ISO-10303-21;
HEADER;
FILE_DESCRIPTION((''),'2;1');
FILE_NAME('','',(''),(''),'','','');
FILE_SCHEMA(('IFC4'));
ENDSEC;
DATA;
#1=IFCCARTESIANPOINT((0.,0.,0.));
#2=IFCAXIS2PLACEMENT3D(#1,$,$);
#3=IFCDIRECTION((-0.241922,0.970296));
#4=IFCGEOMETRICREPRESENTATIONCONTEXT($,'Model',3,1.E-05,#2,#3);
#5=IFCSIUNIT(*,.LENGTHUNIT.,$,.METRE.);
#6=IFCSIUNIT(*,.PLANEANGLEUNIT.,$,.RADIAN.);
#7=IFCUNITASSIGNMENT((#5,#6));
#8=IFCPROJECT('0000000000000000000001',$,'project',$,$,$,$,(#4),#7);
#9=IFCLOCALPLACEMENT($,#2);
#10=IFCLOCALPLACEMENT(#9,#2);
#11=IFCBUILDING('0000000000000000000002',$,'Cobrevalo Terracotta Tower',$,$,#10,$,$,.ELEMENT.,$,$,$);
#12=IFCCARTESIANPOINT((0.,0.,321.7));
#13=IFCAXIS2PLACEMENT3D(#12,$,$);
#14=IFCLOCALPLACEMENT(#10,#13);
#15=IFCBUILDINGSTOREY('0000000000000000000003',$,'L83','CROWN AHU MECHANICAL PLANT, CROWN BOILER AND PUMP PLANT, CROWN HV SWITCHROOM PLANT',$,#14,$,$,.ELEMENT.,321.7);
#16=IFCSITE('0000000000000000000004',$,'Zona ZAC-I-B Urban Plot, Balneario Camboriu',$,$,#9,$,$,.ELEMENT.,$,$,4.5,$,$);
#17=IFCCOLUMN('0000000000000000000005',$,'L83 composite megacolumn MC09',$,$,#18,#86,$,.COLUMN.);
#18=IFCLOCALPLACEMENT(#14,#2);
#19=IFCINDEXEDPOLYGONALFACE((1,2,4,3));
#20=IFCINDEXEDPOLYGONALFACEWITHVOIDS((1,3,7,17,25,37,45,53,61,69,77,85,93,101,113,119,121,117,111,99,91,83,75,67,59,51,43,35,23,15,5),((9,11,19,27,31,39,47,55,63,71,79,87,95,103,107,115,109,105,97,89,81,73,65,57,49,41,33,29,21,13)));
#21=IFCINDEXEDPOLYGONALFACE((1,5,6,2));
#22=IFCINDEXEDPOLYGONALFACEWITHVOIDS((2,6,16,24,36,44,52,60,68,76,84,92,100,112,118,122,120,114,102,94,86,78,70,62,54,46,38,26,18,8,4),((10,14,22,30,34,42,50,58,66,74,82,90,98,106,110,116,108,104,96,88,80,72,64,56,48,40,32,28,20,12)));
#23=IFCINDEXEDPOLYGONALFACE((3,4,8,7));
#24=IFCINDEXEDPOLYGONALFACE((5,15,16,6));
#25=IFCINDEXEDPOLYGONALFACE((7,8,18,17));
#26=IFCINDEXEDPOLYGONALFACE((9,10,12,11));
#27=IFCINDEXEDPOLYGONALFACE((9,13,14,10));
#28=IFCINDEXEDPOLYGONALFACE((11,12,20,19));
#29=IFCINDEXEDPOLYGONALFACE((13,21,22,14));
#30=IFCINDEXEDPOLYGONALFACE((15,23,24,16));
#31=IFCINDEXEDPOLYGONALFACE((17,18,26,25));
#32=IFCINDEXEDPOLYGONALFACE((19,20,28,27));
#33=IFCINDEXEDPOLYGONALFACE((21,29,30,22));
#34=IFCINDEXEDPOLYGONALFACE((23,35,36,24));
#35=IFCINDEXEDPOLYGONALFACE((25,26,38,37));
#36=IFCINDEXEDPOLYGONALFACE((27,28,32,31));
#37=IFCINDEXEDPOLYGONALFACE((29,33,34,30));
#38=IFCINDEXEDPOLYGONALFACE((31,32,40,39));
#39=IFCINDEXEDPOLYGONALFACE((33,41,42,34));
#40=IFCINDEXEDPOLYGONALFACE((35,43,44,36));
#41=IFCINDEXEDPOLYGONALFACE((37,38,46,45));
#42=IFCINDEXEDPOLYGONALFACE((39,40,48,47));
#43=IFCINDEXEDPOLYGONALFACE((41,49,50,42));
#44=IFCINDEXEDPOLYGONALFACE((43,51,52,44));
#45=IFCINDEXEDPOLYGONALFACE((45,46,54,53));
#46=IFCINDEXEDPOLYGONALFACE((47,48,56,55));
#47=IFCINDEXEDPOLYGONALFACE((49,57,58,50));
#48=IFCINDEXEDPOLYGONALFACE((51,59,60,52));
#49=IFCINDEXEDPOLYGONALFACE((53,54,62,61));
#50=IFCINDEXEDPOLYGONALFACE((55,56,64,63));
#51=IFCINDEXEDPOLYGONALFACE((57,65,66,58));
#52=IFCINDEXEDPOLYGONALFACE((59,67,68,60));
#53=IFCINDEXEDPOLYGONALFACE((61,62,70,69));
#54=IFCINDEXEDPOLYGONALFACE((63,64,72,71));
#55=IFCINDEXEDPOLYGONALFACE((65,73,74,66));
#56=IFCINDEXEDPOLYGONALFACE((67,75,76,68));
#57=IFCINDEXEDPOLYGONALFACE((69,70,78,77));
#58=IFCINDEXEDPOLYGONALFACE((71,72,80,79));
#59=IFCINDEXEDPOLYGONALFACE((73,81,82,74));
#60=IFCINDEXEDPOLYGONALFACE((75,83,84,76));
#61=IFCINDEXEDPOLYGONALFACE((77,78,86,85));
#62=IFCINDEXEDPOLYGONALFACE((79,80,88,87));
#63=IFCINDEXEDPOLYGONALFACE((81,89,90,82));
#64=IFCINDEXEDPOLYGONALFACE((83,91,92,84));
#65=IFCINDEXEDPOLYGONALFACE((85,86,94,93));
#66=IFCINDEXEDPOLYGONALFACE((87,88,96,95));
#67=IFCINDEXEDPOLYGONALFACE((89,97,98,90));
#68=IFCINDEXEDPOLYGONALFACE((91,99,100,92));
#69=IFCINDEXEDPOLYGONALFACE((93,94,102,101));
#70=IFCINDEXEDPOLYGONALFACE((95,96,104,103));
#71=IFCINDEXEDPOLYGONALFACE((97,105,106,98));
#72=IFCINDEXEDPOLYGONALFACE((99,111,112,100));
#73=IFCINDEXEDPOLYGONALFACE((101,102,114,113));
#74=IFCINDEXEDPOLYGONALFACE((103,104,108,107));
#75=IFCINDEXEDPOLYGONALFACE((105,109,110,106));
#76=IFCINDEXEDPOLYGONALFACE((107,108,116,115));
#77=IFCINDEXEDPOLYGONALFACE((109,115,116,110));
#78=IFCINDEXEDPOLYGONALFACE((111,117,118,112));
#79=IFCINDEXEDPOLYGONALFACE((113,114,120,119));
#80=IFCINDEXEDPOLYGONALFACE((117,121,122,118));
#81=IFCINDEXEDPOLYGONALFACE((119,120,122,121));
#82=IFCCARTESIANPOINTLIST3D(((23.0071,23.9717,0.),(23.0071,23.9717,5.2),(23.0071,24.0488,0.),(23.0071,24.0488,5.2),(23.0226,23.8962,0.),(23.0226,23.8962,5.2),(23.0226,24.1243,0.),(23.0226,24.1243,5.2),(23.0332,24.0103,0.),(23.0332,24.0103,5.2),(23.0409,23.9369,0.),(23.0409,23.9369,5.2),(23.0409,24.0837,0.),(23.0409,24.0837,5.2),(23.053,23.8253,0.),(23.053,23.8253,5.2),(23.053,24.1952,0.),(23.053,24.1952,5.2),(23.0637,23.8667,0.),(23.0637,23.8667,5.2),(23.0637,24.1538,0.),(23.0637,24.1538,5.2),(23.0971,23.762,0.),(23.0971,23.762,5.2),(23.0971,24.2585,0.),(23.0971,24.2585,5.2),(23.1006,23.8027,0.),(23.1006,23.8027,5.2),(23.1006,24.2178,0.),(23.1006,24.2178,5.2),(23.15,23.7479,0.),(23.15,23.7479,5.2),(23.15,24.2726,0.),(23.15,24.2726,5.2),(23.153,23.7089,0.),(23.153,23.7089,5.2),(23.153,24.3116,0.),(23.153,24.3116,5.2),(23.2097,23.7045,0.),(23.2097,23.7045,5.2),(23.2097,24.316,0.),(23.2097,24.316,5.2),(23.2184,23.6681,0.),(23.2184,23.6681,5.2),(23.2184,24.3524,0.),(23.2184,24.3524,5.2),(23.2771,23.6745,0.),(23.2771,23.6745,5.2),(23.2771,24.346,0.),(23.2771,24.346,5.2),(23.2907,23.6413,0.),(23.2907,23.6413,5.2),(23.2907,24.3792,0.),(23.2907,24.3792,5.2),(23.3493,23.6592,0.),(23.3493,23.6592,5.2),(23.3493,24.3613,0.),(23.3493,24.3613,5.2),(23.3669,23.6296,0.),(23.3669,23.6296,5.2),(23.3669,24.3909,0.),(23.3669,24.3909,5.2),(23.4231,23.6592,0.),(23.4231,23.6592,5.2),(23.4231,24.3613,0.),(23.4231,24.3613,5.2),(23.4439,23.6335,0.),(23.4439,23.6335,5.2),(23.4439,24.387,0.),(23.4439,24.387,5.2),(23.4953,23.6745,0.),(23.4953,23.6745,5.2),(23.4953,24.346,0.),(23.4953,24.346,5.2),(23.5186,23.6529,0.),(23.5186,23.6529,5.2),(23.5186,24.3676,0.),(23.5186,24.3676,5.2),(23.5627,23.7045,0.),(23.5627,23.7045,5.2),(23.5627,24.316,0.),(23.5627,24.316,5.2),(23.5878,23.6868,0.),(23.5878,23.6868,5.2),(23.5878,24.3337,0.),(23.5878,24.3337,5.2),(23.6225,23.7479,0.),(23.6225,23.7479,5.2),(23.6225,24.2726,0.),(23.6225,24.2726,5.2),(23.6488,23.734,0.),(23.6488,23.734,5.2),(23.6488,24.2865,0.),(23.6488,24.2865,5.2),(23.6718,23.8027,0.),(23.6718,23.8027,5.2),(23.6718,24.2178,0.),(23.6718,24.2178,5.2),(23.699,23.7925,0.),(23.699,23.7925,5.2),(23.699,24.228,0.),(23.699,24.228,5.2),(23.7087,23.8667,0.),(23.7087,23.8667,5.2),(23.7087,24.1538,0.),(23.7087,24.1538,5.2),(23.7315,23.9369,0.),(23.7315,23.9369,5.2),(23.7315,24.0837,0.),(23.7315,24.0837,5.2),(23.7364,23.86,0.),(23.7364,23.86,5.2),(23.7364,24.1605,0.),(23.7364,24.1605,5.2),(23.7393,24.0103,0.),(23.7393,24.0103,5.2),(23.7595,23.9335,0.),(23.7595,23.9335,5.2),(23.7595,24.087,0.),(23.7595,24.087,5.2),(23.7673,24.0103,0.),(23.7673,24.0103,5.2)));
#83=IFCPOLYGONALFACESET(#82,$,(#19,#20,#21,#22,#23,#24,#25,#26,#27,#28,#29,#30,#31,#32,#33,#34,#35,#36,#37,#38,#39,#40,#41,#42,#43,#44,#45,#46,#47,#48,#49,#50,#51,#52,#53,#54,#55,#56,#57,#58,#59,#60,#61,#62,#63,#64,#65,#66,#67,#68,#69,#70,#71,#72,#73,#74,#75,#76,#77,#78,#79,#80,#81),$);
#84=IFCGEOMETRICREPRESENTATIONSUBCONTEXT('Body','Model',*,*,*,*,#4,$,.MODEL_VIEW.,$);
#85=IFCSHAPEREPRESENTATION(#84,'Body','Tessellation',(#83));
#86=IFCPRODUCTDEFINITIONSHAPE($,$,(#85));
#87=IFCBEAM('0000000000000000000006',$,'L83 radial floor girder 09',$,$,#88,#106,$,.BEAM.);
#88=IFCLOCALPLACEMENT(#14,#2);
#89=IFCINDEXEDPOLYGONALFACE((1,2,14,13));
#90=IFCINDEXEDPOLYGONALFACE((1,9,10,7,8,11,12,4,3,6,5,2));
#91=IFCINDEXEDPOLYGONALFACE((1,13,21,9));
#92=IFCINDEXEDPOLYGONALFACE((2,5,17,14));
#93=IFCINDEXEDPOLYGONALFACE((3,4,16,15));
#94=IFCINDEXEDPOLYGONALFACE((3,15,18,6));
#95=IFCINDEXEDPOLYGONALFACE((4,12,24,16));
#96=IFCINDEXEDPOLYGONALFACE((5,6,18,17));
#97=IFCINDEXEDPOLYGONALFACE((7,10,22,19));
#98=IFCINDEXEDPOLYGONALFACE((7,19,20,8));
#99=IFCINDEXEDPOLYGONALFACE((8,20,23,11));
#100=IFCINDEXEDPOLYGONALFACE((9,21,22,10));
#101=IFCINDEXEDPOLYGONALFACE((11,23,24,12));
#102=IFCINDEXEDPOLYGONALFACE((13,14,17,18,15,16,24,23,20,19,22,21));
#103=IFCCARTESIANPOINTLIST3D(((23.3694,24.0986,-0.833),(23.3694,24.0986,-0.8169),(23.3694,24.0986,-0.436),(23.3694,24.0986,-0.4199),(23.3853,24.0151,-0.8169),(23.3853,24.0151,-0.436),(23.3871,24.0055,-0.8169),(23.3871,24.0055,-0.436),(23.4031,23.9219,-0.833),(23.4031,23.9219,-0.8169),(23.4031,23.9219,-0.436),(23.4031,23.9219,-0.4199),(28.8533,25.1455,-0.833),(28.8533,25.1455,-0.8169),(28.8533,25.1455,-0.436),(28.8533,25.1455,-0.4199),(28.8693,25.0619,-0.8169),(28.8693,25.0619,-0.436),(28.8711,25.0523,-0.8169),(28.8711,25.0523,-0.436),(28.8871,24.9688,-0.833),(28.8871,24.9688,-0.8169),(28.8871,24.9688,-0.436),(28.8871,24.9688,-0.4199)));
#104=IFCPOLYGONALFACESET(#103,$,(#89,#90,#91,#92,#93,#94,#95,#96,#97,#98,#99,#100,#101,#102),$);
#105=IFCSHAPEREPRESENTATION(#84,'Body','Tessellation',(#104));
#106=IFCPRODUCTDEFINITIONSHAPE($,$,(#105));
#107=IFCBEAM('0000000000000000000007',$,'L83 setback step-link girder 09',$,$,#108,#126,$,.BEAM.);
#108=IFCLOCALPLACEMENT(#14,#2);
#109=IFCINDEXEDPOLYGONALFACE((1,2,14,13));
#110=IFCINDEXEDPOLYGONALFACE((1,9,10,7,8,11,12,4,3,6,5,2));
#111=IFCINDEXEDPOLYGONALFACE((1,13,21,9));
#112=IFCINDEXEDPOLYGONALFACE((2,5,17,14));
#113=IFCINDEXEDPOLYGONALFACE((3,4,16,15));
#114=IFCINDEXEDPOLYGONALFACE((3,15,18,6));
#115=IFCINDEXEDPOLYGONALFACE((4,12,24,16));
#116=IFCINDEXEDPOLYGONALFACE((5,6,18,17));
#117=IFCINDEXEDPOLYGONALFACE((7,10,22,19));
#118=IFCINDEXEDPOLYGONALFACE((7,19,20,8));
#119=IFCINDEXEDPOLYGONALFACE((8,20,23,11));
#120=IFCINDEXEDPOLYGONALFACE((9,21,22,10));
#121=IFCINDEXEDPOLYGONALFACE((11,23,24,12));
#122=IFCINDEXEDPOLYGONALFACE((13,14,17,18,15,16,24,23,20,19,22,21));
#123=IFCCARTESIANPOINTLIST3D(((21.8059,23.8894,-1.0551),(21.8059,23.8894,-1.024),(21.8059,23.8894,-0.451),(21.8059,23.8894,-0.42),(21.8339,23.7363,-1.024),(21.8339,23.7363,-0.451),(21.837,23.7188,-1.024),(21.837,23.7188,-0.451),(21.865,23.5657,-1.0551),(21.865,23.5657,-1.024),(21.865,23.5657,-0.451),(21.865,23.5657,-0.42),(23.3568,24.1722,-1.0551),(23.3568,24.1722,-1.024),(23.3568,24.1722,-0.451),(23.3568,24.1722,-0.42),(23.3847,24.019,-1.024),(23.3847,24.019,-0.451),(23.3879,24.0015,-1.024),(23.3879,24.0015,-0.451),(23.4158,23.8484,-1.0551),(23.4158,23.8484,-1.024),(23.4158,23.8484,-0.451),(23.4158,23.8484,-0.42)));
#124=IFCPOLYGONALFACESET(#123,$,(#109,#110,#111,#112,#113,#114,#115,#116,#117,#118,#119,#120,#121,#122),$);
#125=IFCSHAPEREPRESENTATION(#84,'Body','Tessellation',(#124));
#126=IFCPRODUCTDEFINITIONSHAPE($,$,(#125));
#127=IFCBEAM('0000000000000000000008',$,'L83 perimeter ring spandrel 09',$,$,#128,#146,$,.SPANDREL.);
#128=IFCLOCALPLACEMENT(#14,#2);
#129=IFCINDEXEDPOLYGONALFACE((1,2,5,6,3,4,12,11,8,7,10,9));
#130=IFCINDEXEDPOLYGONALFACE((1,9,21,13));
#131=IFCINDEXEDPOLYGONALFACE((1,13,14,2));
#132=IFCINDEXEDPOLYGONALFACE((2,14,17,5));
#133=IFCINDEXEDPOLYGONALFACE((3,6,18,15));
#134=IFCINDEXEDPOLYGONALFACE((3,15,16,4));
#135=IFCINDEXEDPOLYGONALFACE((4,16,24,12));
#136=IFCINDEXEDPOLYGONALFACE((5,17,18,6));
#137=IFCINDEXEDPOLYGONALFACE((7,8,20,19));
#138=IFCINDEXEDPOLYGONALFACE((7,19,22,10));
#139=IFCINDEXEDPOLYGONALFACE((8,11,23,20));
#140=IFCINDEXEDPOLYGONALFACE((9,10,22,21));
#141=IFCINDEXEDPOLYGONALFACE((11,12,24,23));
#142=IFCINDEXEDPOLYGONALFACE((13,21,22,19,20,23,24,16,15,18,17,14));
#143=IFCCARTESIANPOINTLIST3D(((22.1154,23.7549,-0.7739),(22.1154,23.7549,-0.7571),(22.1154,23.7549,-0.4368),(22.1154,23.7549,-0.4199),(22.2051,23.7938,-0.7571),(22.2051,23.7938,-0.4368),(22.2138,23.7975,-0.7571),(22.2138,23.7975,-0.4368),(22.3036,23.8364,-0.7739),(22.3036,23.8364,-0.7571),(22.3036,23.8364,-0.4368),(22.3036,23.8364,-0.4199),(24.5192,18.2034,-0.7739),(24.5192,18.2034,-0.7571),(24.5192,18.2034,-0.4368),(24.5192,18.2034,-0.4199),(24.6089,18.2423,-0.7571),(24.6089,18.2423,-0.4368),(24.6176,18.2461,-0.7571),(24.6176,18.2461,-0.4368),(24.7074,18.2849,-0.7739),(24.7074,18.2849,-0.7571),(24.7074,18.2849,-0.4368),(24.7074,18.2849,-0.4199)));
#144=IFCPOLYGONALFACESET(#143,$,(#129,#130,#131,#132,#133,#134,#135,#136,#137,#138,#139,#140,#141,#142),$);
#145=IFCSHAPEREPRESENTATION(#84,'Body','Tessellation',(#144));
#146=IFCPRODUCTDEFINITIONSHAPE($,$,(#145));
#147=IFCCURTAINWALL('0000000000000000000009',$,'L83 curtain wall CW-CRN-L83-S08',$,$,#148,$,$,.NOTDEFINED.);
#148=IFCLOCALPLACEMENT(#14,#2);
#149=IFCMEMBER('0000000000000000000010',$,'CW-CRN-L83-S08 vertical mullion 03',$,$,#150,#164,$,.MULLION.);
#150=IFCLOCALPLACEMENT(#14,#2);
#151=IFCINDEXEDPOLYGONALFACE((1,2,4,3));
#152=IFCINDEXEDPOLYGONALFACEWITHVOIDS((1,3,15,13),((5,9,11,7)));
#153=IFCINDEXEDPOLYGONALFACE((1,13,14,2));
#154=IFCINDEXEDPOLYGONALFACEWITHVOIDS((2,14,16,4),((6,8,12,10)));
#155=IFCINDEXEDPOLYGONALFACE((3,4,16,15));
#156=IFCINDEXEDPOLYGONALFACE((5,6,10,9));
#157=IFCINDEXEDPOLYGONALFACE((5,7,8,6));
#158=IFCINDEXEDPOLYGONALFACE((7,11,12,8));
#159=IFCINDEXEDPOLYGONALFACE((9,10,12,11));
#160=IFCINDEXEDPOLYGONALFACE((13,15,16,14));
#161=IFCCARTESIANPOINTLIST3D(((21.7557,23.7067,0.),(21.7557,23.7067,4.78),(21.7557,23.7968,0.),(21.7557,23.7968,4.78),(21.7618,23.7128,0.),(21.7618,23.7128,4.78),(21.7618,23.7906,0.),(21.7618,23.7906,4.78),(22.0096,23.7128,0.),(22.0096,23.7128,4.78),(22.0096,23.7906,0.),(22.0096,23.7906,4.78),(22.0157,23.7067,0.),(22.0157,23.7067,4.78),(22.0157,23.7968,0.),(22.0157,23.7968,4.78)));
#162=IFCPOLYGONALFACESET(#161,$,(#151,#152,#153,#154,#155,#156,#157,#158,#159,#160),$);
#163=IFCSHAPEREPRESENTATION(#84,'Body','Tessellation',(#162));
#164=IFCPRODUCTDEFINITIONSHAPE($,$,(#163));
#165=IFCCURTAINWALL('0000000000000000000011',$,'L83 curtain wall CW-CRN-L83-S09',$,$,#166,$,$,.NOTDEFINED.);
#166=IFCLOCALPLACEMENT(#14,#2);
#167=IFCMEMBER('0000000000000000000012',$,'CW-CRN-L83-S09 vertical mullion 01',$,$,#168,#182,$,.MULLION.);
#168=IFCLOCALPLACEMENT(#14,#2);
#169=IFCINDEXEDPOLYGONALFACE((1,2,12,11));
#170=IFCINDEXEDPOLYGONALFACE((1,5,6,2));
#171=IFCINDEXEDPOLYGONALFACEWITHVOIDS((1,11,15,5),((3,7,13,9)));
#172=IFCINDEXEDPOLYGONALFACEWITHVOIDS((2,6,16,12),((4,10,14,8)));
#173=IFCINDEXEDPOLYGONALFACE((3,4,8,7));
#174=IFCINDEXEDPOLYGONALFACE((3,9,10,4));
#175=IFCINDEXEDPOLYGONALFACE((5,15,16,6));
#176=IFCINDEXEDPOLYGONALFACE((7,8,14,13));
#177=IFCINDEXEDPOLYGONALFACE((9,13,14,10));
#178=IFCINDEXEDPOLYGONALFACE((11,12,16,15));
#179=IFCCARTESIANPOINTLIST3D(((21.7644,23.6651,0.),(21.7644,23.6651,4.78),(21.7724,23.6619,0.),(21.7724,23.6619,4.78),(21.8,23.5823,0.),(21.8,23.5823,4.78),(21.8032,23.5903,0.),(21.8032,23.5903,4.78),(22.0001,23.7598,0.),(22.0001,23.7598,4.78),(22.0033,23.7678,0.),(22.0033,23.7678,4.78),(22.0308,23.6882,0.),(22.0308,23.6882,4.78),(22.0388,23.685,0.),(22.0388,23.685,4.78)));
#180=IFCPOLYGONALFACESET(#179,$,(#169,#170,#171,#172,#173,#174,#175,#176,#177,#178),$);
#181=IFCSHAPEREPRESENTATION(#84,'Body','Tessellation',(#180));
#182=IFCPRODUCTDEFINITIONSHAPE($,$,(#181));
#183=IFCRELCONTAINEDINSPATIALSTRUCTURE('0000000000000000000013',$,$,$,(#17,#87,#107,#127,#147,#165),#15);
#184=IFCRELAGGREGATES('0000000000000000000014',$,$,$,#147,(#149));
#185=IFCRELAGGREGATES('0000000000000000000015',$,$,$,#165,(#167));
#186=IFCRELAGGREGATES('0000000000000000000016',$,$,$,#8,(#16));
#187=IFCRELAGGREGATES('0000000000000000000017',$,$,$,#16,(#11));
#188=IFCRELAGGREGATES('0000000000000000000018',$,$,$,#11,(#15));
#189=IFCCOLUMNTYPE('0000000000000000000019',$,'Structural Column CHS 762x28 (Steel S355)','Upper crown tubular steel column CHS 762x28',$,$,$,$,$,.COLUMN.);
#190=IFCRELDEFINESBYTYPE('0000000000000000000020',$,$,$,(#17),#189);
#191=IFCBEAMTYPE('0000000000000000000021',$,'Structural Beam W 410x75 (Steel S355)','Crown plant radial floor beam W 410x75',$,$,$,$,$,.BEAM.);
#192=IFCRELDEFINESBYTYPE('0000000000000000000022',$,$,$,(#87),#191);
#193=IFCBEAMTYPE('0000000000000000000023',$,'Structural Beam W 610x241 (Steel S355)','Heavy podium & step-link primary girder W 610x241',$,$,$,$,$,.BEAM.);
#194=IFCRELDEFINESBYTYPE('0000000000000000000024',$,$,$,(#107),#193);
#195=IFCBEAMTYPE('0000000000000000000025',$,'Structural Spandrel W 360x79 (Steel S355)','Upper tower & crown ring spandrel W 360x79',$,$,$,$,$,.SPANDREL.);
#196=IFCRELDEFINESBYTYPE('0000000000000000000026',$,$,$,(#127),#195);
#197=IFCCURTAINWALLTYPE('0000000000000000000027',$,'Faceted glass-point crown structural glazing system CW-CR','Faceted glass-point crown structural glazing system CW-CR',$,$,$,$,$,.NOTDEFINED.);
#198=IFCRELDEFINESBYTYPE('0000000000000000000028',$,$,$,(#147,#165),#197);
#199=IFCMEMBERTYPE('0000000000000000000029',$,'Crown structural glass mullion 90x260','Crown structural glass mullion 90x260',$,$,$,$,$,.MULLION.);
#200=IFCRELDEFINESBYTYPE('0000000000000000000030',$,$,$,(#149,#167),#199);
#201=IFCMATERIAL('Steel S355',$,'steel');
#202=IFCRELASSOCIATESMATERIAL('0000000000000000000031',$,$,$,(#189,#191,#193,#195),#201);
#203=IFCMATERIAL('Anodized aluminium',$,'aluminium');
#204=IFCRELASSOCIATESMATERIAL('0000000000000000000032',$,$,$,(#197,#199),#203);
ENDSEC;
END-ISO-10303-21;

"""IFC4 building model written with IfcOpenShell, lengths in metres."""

from ifc_helpers import new_model, si_unit, direction, frame, origin, origin_2d, place, context, subcontext, project, spatial, hollow_rectangle, hollow_circle, i_section, extrude, source, transform, mapped, material, material_profile, profile_set, type_object, element, aggregate, save


model = new_model("IFC4")

# Units and contexts
model_context = context("Model", 3, precision=1e-05, world=origin(), true_north=direction((-0.241922, 0.970296)))
body_context = subcontext(model_context, "Body", "Model", "MODEL_VIEW")
ifc_project = project(units=[si_unit("LENGTHUNIT", "METRE"), si_unit("PLANEANGLEUNIT", "RADIAN")], contexts=[model_context])

# Site, building, storey
site_placement = place(None, origin())
site = spatial("IfcSite", under=ifc_project, at=site_placement, Name="Zona ZAC-I-B Urban Plot, Balneario Camboriu", CompositionType="ELEMENT", RefElevation=4.5)
building_placement = place(site_placement, origin())
building = spatial("IfcBuilding", under=site, at=building_placement, Name="Cobrevalo Terracotta Tower", CompositionType="ELEMENT")
storey_placement = place(building_placement, frame((0.0, 0.0, 321.7)))
storey = spatial("IfcBuildingStorey", under=building, at=storey_placement, Name="L83", Description="CROWN AHU MECHANICAL PLANT, CROWN BOILER AND PUMP PLANT, CROWN HV SWITCHROOM PLANT", CompositionType="ELEMENT", Elevation=321.7)

# Column
ifc_material_1 = material(Name="Steel S355", Category="steel")
ifc_material_profile_1 = material_profile(ifc_material_1, hollow_circle(Radius=0.3811, WallThickness=0.0281, at=origin_2d()), Name="CHS 762x28")
ifc_profile_set_1 = profile_set([ifc_material_profile_1], Name="Steel S355")
column_type = type_object("IfcColumnType", Name="Structural Column CHS 762x28 (Steel S355)", Description="Upper crown tubular steel column CHS 762x28", PredefinedType="COLUMN", material=ifc_profile_set_1)
column_placement = place(storey_placement, frame((23.3862, 24.0103, 0.0), z_axis=(0.0, 0.0, 1.0), x_axis=(1.0, 0.0, 0.0)))
element("IfcColumn", 1, at=column_placement, inside=storey, type_object=column_type, Name="L83 composite megacolumn MC09", PredefinedType="COLUMN", context=body_context, shape_type="SweptSolid", body=[
    extrude(hollow_circle(Radius=0.3811, WallThickness=0.0281, at=origin_2d()), origin(), (0.0, 0.0, 1.0), 5.2),
])

# Beams
ifc_material_profile_2 = material_profile(ifc_material_1, i_section(OverallWidth=0.1799, OverallDepth=0.4131, WebThickness=0.0098, FlangeThickness=0.0161, at=origin_2d()), Name="W 410x75")
ifc_profile_set_2 = profile_set([ifc_material_profile_2], Name="Steel S355")
beam_type_1 = type_object("IfcBeamType", Name="Structural Beam W 410x75 (Steel S355)", Description="Crown plant radial floor beam W 410x75", PredefinedType="BEAM", material=ifc_profile_set_2)
beam_1_placement = place(storey_placement, frame((23.3862, 24.0103, -0.6265), z_axis=(0.982262, 0.187514, 0.0), x_axis=(-0.187514, 0.982262, 0.0)))
element("IfcBeam", 2, at=beam_1_placement, inside=storey, type_object=beam_type_1, Name="L83 radial floor girder 09", PredefinedType="BEAM", context=body_context, shape_type="SweptSolid", body=[
    extrude(i_section(OverallWidth=0.1799, OverallDepth=0.4131, WebThickness=0.0098, FlangeThickness=0.0161, at=origin_2d()), origin(), (0.0, 0.0, 1.0), 5.583),
])
ifc_material_profile_3 = material_profile(ifc_material_1, i_section(OverallWidth=0.3291, OverallDepth=0.635, WebThickness=0.0178, FlangeThickness=0.031, at=origin_2d()), Name="W 610x241")
ifc_profile_set_3 = profile_set([ifc_material_profile_3], Name="Steel S355")
beam_type_2 = type_object("IfcBeamType", Name="Structural Beam W 610x241 (Steel S355)", Description="Heavy podium & step-link primary girder W 610x241", PredefinedType="BEAM", material=ifc_profile_set_3)
beam_2_placement = place(storey_placement, frame((21.8354, 23.7275, -0.7375), z_axis=(0.983786, 0.179349, 0.0), x_axis=(-0.179349, 0.983786, 0.0)))
element("IfcBeam", 3, at=beam_2_placement, inside=storey, type_object=beam_type_2, Name="L83 setback step-link girder 09", PredefinedType="BEAM", context=body_context, shape_type="SweptSolid", body=[
    extrude(i_section(OverallWidth=0.3291, OverallDepth=0.635, WebThickness=0.0178, FlangeThickness=0.031, at=origin_2d()), origin(), (0.0, 0.0, 1.0), 1.5764),
])
ifc_material_profile_4 = material_profile(ifc_material_1, i_section(OverallWidth=0.2051, OverallDepth=0.354, WebThickness=0.0095, FlangeThickness=0.0168, at=origin_2d()), Name="W 360x79")
ifc_profile_set_4 = profile_set([ifc_material_profile_4], Name="Steel S355")
beam_type_3 = type_object("IfcBeamType", Name="Structural Spandrel W 360x79 (Steel S355)", Description="Upper tower & crown ring spandrel W 360x79", PredefinedType="SPANDREL", material=ifc_profile_set_4)
beam_3_placement = place(storey_placement, frame((22.2095, 23.7957, -0.5969), z_axis=(0.39735, -0.917667, 0.0), x_axis=(0.917667, 0.39735, 0.0)))
element("IfcBeam", 4, at=beam_3_placement, inside=storey, type_object=beam_type_3, Name="L83 perimeter ring spandrel 09", PredefinedType="SPANDREL", context=body_context, shape_type="SweptSolid", body=[
    extrude(i_section(OverallWidth=0.2051, OverallDepth=0.354, WebThickness=0.0095, FlangeThickness=0.0168, at=origin_2d()), origin(), (0.0, 0.0, 1.0), 6.0496),
])

# Curtain wall, member
ifc_material_2 = material(Name="Anodized aluminium", Category="aluminium")
curtain_wall_type = type_object("IfcCurtainWallType", Name="Faceted glass-point crown structural glazing system CW-CR", Description="Faceted glass-point crown structural glazing system CW-CR", PredefinedType="NOTDEFINED", material=ifc_material_2)
curtain_wall_1_placement = place(storey_placement, origin())
curtain_wall_1 = element("IfcCurtainWall", 5, at=curtain_wall_1_placement, inside=storey, type_object=curtain_wall_type, Name="L83 curtain wall CW-CRN-L83-S08", PredefinedType="NOTDEFINED")
ifc_material_profile_5 = material_profile(ifc_material_2, hollow_rectangle(XDim=0.0901, YDim=0.26, WallThickness=0.0061, at=origin_2d()), Name="CWM 90x260")
ifc_profile_set_5 = profile_set([ifc_material_profile_5], Name="Anodized aluminium")
member_type_1 = type_object("IfcMemberType", Name="Crown structural glass mullion 90x260", Description="Crown structural glass mullion 90x260", PredefinedType="MULLION", material=ifc_profile_set_5)
shared_shape_1 = source(origin(), body_context, "Body", "SweptSolid", [
    extrude(hollow_rectangle(XDim=0.0901, YDim=0.26, WallThickness=0.0061, at=origin_2d()), origin(), (0.0, 0.0, 1.0), 4.78),
])
member_1_placement = place(storey_placement, frame((21.8857, 23.7517, 0.0), z_axis=(0.0, 0.0, 1.0), x_axis=(0.0, -1.0, 0.0)))
member_1 = element("IfcMember", 6, at=member_1_placement, type_object=member_type_1, Name="CW-CRN-L83-S08 vertical mullion 03", PredefinedType="MULLION", context=body_context, shape_type="MappedRepresentation", body=[
    mapped(shared_shape_1, transform((0.0, 0.0, 0.0), scale=1.0)),
])
aggregate(curtain_wall_1, [member_1])

# Curtain wall, member
curtain_wall_2_placement = place(storey_placement, origin())
curtain_wall_2 = element("IfcCurtainWall", 7, at=curtain_wall_2_placement, inside=storey, type_object=curtain_wall_type, Name="L83 curtain wall CW-CRN-L83-S09", PredefinedType="NOTDEFINED")
member_2_placement = place(storey_placement, frame((21.9016, 23.675, 0.0), z_axis=(0.0, 0.0, 1.0), x_axis=(0.394968, -0.918695, 0.0)))
member_2 = element("IfcMember", 8, at=member_2_placement, type_object=member_type_1, Name="CW-CRN-L83-S09 vertical mullion 01", PredefinedType="MULLION", context=body_context, shape_type="MappedRepresentation", body=[
    mapped(shared_shape_1, transform((0.0, 0.0, 0.0), scale=1.0)),
])

aggregate(curtain_wall_2, [member_2])

save(model, "model.ifc")
